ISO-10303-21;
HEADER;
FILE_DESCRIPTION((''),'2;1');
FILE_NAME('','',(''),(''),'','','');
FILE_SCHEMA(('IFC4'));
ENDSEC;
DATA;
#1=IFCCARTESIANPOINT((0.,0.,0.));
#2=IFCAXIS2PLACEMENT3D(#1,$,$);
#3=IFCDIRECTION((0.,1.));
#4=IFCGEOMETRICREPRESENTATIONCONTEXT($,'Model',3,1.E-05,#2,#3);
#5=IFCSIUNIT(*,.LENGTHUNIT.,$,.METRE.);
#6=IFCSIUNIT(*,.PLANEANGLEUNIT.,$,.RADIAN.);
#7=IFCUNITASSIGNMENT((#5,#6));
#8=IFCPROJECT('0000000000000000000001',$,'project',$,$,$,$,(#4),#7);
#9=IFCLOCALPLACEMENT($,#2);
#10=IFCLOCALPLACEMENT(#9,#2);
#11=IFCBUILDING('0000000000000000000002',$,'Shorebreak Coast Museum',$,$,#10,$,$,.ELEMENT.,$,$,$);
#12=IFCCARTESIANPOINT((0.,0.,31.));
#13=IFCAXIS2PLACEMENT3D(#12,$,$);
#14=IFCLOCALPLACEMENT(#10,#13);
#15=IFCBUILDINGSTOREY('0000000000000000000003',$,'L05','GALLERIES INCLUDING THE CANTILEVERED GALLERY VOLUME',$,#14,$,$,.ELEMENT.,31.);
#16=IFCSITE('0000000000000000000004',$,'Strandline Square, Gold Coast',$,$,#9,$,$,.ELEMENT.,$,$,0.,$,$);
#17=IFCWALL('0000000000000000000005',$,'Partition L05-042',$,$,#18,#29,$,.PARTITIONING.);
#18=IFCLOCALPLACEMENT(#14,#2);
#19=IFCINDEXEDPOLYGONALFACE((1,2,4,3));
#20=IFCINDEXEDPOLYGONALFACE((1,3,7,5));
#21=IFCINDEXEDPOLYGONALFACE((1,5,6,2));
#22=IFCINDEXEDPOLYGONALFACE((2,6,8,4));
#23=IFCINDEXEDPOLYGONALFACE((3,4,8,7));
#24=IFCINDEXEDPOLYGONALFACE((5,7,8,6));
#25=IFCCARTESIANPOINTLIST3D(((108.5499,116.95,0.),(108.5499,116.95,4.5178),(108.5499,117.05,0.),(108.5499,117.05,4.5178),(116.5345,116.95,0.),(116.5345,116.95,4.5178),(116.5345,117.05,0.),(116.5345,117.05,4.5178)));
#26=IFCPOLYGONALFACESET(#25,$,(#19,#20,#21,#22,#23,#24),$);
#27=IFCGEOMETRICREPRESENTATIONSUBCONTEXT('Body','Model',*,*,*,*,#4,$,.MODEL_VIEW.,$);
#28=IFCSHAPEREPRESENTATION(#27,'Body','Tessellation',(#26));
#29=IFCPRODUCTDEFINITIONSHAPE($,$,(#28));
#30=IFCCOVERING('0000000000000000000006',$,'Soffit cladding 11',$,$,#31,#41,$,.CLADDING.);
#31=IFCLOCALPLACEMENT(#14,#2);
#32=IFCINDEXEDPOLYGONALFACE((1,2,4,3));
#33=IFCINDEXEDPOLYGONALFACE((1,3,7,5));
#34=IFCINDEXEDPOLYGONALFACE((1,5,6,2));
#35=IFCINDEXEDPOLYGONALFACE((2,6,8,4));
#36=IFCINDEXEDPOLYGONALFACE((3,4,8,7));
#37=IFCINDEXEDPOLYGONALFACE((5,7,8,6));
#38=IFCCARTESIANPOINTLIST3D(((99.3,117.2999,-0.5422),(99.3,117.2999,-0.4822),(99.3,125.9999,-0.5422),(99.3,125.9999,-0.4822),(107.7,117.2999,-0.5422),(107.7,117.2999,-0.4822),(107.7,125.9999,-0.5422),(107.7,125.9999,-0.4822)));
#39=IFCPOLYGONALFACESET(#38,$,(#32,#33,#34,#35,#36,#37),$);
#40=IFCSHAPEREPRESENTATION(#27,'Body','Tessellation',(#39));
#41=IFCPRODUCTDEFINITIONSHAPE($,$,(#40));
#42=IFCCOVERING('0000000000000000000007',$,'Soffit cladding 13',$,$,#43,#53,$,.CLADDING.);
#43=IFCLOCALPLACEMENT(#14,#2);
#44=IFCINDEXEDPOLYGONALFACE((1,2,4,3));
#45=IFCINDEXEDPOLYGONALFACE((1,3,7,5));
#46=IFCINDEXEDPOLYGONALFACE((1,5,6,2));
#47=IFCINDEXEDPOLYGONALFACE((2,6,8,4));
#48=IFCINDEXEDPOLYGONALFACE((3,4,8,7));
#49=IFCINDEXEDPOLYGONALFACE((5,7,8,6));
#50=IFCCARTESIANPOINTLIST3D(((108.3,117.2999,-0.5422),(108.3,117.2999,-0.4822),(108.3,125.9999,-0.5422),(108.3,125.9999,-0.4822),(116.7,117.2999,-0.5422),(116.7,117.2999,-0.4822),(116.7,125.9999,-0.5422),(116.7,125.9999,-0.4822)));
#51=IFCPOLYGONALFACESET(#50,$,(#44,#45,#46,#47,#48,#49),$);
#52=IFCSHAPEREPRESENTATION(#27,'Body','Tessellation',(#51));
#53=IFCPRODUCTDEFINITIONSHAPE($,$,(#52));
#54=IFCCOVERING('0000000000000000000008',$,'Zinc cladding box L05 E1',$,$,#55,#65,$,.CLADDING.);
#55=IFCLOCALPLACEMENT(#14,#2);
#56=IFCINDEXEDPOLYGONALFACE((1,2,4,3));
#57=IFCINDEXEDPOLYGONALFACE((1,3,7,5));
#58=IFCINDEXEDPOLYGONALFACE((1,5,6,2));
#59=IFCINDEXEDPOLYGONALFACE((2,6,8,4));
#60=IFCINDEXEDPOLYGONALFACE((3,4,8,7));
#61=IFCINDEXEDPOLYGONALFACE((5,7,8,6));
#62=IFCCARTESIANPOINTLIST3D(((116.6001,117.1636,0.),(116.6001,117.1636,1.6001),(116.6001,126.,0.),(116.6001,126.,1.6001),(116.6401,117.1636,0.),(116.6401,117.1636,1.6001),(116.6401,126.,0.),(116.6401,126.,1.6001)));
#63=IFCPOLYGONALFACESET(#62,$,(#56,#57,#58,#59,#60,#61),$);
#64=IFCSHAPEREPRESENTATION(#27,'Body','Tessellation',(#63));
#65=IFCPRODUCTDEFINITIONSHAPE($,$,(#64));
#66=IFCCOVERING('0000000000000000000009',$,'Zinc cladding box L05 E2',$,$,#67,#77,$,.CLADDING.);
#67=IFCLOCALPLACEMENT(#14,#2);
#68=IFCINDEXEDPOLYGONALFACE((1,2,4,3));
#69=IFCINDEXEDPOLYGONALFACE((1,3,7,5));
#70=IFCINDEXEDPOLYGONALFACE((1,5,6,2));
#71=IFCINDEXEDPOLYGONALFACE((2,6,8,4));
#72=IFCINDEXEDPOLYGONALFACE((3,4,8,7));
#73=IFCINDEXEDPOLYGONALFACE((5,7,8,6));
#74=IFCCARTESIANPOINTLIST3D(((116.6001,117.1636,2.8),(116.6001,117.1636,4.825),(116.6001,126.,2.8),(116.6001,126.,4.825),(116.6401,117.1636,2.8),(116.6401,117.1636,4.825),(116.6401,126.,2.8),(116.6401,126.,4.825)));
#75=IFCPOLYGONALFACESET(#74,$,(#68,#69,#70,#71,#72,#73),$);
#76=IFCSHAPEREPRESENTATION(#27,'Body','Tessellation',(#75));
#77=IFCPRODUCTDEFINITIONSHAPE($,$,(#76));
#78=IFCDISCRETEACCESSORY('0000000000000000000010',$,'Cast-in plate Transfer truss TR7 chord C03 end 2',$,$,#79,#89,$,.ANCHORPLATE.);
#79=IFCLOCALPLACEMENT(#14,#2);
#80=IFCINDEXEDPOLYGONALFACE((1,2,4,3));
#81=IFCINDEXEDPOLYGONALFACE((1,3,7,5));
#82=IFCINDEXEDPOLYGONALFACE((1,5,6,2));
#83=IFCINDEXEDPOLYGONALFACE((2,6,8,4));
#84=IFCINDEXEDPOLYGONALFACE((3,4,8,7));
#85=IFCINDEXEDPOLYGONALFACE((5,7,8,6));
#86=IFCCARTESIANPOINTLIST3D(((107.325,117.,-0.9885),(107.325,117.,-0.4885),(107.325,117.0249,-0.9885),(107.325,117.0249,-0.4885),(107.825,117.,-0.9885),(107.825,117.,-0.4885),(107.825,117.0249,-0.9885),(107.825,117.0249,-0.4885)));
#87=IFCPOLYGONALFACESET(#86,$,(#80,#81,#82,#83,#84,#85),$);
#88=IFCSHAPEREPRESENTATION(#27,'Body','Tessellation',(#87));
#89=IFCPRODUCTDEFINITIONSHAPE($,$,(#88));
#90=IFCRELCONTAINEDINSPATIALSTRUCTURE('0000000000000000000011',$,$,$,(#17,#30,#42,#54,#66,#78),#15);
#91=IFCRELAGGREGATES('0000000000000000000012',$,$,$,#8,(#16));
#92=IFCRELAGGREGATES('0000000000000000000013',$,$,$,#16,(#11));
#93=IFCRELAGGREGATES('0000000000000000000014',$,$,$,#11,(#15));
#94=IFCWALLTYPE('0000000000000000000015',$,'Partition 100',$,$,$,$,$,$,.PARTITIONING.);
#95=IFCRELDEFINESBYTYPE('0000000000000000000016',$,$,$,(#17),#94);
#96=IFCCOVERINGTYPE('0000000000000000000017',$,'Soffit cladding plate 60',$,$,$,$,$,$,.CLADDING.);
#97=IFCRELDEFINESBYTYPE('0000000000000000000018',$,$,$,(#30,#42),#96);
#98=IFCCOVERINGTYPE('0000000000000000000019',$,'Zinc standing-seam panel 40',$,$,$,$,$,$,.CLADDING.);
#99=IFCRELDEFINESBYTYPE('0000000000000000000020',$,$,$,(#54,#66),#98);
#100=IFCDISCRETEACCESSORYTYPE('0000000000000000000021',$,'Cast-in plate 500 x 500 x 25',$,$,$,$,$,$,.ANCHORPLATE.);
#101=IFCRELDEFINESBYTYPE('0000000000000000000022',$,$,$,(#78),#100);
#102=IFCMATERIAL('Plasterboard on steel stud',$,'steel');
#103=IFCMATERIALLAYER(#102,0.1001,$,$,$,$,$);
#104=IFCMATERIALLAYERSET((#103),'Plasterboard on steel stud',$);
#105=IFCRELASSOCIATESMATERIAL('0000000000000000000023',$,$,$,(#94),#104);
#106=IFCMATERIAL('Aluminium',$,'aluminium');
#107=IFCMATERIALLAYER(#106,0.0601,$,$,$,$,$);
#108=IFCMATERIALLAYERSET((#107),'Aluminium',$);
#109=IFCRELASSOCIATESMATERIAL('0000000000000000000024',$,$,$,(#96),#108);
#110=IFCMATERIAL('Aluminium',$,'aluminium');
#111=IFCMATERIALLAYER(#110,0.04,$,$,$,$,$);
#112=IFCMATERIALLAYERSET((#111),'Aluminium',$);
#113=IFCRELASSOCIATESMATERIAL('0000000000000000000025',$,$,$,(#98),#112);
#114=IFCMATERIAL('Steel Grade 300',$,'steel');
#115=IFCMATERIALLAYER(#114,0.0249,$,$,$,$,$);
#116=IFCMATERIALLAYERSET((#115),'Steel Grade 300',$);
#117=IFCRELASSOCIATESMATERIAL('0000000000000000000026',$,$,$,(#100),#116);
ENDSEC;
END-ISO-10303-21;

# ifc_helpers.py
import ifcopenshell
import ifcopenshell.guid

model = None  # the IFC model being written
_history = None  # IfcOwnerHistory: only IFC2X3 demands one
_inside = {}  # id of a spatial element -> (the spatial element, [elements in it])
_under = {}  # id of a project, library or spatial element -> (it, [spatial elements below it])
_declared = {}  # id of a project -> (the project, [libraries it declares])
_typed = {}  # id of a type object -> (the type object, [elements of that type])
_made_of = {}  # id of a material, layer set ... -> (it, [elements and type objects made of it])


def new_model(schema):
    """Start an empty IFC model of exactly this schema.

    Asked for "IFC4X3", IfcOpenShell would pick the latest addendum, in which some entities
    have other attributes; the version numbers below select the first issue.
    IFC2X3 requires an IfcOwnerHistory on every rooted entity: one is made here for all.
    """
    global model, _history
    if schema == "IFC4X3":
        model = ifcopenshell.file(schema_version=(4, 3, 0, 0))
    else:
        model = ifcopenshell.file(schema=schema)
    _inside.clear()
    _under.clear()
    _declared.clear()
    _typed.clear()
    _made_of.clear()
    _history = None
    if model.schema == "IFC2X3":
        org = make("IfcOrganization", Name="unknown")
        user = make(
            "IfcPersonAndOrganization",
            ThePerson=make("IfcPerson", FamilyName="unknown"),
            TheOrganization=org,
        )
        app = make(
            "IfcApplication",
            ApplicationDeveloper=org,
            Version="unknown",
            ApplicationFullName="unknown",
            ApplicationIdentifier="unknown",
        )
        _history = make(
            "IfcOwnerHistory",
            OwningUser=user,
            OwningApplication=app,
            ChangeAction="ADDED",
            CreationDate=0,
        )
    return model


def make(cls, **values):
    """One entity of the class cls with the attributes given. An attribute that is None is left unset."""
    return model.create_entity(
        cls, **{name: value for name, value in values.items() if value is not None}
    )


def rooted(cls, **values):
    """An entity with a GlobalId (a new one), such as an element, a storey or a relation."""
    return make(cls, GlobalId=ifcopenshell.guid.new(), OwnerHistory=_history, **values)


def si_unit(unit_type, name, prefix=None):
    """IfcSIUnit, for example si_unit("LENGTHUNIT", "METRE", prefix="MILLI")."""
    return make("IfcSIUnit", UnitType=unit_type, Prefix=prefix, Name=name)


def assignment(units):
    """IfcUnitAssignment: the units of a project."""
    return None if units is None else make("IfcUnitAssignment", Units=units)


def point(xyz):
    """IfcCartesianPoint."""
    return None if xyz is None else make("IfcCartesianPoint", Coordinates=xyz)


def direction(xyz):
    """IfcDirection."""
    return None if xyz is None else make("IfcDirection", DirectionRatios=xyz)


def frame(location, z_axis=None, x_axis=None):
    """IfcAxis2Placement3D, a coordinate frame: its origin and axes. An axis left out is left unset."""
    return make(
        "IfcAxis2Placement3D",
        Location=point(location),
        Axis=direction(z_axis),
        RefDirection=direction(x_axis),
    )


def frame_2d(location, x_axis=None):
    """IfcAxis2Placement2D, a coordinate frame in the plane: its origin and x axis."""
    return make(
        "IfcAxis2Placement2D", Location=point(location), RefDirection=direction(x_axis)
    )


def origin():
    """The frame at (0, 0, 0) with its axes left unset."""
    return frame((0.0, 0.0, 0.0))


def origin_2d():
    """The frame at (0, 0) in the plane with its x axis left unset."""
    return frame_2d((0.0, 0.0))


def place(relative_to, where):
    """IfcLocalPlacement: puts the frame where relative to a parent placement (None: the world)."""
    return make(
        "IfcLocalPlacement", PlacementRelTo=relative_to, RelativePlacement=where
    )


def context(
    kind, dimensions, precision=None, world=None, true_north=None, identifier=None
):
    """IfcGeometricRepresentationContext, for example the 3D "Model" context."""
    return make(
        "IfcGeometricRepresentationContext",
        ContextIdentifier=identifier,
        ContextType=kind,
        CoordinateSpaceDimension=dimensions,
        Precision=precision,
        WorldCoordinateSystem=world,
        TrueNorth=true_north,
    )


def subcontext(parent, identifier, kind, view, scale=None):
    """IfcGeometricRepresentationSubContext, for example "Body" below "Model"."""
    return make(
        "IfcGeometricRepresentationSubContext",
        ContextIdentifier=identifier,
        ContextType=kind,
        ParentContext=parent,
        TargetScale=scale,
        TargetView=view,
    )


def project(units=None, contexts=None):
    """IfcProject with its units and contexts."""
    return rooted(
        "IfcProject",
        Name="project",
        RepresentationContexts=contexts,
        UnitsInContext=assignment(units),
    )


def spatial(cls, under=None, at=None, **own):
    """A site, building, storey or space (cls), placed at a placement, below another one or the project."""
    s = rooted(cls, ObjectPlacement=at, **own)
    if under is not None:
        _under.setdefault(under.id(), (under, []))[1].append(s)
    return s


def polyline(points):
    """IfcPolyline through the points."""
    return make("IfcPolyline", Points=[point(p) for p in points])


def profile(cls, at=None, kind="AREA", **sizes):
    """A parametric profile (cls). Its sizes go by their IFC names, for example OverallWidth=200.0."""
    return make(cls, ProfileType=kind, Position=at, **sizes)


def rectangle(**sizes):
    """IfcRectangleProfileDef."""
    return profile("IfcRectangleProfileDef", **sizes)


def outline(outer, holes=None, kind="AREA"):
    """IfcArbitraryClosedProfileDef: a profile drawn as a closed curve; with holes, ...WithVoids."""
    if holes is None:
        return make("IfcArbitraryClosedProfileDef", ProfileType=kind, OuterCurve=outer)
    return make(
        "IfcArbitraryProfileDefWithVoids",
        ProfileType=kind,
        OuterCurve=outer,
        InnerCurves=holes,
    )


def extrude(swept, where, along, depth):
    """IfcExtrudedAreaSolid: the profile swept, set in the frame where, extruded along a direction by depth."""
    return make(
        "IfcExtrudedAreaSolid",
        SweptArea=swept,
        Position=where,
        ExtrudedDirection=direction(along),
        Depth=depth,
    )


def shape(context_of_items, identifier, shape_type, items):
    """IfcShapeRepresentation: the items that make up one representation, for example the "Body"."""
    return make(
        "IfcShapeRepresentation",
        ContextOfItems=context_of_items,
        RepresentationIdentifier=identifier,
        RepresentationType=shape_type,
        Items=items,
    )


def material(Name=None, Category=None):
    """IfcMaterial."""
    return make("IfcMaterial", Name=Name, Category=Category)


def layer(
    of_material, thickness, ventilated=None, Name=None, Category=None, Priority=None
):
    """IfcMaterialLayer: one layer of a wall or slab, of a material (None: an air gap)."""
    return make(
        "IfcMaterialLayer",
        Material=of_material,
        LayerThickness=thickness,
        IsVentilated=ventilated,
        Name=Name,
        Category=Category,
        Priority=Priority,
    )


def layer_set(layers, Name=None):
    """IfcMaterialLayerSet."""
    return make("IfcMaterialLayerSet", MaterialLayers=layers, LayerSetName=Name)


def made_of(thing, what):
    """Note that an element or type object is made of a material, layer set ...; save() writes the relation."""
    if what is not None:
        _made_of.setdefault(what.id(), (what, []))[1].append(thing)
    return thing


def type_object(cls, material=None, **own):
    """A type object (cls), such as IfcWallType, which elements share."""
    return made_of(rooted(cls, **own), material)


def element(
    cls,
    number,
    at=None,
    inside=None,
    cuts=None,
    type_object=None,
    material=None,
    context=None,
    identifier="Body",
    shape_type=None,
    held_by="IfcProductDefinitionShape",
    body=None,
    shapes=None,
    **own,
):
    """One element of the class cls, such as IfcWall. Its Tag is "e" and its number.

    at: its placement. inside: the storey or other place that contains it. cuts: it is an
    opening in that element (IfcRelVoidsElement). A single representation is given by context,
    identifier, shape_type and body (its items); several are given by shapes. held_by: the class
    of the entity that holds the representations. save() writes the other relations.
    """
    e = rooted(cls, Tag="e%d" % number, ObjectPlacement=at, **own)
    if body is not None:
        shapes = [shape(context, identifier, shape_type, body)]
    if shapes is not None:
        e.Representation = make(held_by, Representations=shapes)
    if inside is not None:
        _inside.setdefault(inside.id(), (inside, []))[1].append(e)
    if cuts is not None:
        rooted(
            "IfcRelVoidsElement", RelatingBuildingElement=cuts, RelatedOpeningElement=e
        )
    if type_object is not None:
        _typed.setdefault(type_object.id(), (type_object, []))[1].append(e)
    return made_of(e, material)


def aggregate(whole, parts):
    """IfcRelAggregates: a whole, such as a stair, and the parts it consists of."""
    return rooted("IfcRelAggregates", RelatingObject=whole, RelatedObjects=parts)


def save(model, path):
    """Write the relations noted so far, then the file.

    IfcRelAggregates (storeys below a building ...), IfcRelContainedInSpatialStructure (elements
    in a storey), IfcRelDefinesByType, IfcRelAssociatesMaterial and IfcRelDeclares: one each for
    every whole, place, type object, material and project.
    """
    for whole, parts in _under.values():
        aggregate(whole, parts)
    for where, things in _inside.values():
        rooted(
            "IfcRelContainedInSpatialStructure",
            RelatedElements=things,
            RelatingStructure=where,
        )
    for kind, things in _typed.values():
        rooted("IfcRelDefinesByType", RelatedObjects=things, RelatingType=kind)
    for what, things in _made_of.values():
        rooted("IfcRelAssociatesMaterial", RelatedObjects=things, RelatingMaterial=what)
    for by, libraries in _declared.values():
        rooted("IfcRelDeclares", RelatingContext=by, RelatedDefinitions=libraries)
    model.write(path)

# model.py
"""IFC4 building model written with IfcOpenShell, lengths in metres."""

from ifc_helpers import new_model, si_unit, direction, frame, frame_2d, origin, origin_2d, place, context, subcontext, project, spatial, polyline, rectangle, outline, extrude, material, layer, layer_set, type_object, element, save


model = new_model("IFC4")

# Units and contexts
model_context = context("Model", 3, precision=1e-05, world=origin(), true_north=direction((0.0, 1.0)))
body_context = subcontext(model_context, "Body", "Model", "MODEL_VIEW")
ifc_project = project(units=[si_unit("LENGTHUNIT", "METRE"), si_unit("PLANEANGLEUNIT", "RADIAN")], contexts=[model_context])

# Site, building, storey
site_placement = place(None, origin())
site = spatial("IfcSite", under=ifc_project, at=site_placement, Name="Strandline Square, Gold Coast", CompositionType="ELEMENT", RefElevation=0.0)
building_placement = place(site_placement, origin())
building = spatial("IfcBuilding", under=site, at=building_placement, Name="Shorebreak Coast Museum", CompositionType="ELEMENT")
storey_placement = place(building_placement, frame((0.0, 0.0, 31.0)))
storey = spatial("IfcBuildingStorey", under=building, at=storey_placement, Name="L05", Description="GALLERIES INCLUDING THE CANTILEVERED GALLERY VOLUME", CompositionType="ELEMENT", Elevation=31.0)

# Wall
ifc_material_1 = material(Name="Plasterboard on steel stud", Category="steel")
ifc_layer_1 = layer(ifc_material_1, 0.1001)
ifc_layer_set_1 = layer_set([ifc_layer_1], Name="Plasterboard on steel stud")
wall_type_1 = type_object("IfcWallType", Name="Partition 100", PredefinedType="PARTITIONING", material=ifc_layer_set_1)
wall_1_placement = place(storey_placement, frame((108.55, 117.0, 0.0), z_axis=(0.0, 0.0, 1.0), x_axis=(1.0, 0.0, 0.0)))
element("IfcWall", 1, at=wall_1_placement, inside=storey, type_object=wall_type_1, Name="Partition L05-042", PredefinedType="PARTITIONING", context=body_context, shape_type="SweptSolid", body=[
    extrude(rectangle(XDim=7.9846, YDim=0.1001, at=frame_2d((3.9922, 0.0))), origin(), (0.0, 0.0, 1.0), 4.5178),
])

# Coverings
ifc_material_2 = material(Name="Aluminium", Category="aluminium")
ifc_layer_2 = layer(ifc_material_2, 0.0601)
ifc_layer_set_2 = layer_set([ifc_layer_2], Name="Aluminium")
covering_type_1 = type_object("IfcCoveringType", Name="Soffit cladding plate 60", PredefinedType="CLADDING", material=ifc_layer_set_2)
for number, where, z_axis, x_axis, name in (
    (2, (103.5, 121.6499, -0.5422), (0.0, 0.0, 1.0), (1.0, 0.0, 0.0), "Soffit cladding 11"),
    (3, (112.5, 121.6499, -0.5422), (0.0, 0.0, 1.0), (1.0, 0.0, 0.0), "Soffit cladding 13"),
):
    element("IfcCovering", number, at=place(storey_placement, frame(where, z_axis=z_axis, x_axis=x_axis)), inside=storey, type_object=covering_type_1, Name=name, PredefinedType="CLADDING", context=body_context, shape_type="SweptSolid", body=[
        extrude(rectangle(XDim=8.3999, YDim=8.7, at=origin_2d()), origin(), (0.0, 0.0, 1.0), 0.0601),
    ])
ifc_material_3 = material(Name="Aluminium", Category="aluminium")
ifc_layer_3 = layer(ifc_material_3, 0.04)
ifc_layer_set_3 = layer_set([ifc_layer_3], Name="Aluminium")
covering_type_2 = type_object("IfcCoveringType", Name="Zinc standing-seam panel 40", PredefinedType="CLADDING", material=ifc_layer_set_3)
covering_1_placement = place(storey_placement, frame((116.6201, 121.5818, 0.0), z_axis=(0.0, 0.0, 1.0), x_axis=(1.0, 0.0, 0.0)))
element("IfcCovering", 4, at=covering_1_placement, inside=storey, type_object=covering_type_2, Name="Zinc cladding box L05 E1", PredefinedType="CLADDING", context=body_context, shape_type="SweptSolid", body=[
    extrude(rectangle(XDim=0.04, YDim=8.8364, at=origin_2d()), origin(), (0.0, 0.0, 1.0), 1.6001),
])
covering_2_placement = place(storey_placement, frame((116.6201, 121.5818, 2.8), z_axis=(0.0, 0.0, 1.0), x_axis=(1.0, 0.0, 0.0)))
element("IfcCovering", 5, at=covering_2_placement, inside=storey, type_object=covering_type_2, Name="Zinc cladding box L05 E2", PredefinedType="CLADDING", context=body_context, shape_type="SweptSolid", body=[
    extrude(rectangle(XDim=0.04, YDim=8.8364, at=origin_2d()), origin(), (0.0, 0.0, 1.0), 2.0249),
])

# Discrete accessory
ifc_material_4 = material(Name="Steel Grade 300", Category="steel")
ifc_layer_4 = layer(ifc_material_4, 0.0249)
ifc_layer_set_4 = layer_set([ifc_layer_4], Name="Steel Grade 300")
discrete_accessory_type = type_object("IfcDiscreteAccessoryType", Name="Cast-in plate 500 x 500 x 25", PredefinedType="ANCHORPLATE", material=ifc_layer_set_4)
discrete_accessory_placement = place(storey_placement, frame((107.325, 117.0, -0.9885), z_axis=(0.0, -1.0, 0.0), x_axis=(1.0, 0.0, 0.0)))
element("IfcDiscreteAccessory", 6, at=discrete_accessory_placement, inside=storey, type_object=discrete_accessory_type, Name="Cast-in plate Transfer truss TR7 chord C03 end 2", PredefinedType="ANCHORPLATE", context=body_context, shape_type="SweptSolid", body=[
    extrude(outline(polyline([(0.0, 0.0), (0.5, 0.0), (0.5, 0.5), (0.0, 0.5), (0.0, 0.0)])), origin(), (0.0, 0.0, -1.0), 0.0249),
])

save(model, "model.ifc")
